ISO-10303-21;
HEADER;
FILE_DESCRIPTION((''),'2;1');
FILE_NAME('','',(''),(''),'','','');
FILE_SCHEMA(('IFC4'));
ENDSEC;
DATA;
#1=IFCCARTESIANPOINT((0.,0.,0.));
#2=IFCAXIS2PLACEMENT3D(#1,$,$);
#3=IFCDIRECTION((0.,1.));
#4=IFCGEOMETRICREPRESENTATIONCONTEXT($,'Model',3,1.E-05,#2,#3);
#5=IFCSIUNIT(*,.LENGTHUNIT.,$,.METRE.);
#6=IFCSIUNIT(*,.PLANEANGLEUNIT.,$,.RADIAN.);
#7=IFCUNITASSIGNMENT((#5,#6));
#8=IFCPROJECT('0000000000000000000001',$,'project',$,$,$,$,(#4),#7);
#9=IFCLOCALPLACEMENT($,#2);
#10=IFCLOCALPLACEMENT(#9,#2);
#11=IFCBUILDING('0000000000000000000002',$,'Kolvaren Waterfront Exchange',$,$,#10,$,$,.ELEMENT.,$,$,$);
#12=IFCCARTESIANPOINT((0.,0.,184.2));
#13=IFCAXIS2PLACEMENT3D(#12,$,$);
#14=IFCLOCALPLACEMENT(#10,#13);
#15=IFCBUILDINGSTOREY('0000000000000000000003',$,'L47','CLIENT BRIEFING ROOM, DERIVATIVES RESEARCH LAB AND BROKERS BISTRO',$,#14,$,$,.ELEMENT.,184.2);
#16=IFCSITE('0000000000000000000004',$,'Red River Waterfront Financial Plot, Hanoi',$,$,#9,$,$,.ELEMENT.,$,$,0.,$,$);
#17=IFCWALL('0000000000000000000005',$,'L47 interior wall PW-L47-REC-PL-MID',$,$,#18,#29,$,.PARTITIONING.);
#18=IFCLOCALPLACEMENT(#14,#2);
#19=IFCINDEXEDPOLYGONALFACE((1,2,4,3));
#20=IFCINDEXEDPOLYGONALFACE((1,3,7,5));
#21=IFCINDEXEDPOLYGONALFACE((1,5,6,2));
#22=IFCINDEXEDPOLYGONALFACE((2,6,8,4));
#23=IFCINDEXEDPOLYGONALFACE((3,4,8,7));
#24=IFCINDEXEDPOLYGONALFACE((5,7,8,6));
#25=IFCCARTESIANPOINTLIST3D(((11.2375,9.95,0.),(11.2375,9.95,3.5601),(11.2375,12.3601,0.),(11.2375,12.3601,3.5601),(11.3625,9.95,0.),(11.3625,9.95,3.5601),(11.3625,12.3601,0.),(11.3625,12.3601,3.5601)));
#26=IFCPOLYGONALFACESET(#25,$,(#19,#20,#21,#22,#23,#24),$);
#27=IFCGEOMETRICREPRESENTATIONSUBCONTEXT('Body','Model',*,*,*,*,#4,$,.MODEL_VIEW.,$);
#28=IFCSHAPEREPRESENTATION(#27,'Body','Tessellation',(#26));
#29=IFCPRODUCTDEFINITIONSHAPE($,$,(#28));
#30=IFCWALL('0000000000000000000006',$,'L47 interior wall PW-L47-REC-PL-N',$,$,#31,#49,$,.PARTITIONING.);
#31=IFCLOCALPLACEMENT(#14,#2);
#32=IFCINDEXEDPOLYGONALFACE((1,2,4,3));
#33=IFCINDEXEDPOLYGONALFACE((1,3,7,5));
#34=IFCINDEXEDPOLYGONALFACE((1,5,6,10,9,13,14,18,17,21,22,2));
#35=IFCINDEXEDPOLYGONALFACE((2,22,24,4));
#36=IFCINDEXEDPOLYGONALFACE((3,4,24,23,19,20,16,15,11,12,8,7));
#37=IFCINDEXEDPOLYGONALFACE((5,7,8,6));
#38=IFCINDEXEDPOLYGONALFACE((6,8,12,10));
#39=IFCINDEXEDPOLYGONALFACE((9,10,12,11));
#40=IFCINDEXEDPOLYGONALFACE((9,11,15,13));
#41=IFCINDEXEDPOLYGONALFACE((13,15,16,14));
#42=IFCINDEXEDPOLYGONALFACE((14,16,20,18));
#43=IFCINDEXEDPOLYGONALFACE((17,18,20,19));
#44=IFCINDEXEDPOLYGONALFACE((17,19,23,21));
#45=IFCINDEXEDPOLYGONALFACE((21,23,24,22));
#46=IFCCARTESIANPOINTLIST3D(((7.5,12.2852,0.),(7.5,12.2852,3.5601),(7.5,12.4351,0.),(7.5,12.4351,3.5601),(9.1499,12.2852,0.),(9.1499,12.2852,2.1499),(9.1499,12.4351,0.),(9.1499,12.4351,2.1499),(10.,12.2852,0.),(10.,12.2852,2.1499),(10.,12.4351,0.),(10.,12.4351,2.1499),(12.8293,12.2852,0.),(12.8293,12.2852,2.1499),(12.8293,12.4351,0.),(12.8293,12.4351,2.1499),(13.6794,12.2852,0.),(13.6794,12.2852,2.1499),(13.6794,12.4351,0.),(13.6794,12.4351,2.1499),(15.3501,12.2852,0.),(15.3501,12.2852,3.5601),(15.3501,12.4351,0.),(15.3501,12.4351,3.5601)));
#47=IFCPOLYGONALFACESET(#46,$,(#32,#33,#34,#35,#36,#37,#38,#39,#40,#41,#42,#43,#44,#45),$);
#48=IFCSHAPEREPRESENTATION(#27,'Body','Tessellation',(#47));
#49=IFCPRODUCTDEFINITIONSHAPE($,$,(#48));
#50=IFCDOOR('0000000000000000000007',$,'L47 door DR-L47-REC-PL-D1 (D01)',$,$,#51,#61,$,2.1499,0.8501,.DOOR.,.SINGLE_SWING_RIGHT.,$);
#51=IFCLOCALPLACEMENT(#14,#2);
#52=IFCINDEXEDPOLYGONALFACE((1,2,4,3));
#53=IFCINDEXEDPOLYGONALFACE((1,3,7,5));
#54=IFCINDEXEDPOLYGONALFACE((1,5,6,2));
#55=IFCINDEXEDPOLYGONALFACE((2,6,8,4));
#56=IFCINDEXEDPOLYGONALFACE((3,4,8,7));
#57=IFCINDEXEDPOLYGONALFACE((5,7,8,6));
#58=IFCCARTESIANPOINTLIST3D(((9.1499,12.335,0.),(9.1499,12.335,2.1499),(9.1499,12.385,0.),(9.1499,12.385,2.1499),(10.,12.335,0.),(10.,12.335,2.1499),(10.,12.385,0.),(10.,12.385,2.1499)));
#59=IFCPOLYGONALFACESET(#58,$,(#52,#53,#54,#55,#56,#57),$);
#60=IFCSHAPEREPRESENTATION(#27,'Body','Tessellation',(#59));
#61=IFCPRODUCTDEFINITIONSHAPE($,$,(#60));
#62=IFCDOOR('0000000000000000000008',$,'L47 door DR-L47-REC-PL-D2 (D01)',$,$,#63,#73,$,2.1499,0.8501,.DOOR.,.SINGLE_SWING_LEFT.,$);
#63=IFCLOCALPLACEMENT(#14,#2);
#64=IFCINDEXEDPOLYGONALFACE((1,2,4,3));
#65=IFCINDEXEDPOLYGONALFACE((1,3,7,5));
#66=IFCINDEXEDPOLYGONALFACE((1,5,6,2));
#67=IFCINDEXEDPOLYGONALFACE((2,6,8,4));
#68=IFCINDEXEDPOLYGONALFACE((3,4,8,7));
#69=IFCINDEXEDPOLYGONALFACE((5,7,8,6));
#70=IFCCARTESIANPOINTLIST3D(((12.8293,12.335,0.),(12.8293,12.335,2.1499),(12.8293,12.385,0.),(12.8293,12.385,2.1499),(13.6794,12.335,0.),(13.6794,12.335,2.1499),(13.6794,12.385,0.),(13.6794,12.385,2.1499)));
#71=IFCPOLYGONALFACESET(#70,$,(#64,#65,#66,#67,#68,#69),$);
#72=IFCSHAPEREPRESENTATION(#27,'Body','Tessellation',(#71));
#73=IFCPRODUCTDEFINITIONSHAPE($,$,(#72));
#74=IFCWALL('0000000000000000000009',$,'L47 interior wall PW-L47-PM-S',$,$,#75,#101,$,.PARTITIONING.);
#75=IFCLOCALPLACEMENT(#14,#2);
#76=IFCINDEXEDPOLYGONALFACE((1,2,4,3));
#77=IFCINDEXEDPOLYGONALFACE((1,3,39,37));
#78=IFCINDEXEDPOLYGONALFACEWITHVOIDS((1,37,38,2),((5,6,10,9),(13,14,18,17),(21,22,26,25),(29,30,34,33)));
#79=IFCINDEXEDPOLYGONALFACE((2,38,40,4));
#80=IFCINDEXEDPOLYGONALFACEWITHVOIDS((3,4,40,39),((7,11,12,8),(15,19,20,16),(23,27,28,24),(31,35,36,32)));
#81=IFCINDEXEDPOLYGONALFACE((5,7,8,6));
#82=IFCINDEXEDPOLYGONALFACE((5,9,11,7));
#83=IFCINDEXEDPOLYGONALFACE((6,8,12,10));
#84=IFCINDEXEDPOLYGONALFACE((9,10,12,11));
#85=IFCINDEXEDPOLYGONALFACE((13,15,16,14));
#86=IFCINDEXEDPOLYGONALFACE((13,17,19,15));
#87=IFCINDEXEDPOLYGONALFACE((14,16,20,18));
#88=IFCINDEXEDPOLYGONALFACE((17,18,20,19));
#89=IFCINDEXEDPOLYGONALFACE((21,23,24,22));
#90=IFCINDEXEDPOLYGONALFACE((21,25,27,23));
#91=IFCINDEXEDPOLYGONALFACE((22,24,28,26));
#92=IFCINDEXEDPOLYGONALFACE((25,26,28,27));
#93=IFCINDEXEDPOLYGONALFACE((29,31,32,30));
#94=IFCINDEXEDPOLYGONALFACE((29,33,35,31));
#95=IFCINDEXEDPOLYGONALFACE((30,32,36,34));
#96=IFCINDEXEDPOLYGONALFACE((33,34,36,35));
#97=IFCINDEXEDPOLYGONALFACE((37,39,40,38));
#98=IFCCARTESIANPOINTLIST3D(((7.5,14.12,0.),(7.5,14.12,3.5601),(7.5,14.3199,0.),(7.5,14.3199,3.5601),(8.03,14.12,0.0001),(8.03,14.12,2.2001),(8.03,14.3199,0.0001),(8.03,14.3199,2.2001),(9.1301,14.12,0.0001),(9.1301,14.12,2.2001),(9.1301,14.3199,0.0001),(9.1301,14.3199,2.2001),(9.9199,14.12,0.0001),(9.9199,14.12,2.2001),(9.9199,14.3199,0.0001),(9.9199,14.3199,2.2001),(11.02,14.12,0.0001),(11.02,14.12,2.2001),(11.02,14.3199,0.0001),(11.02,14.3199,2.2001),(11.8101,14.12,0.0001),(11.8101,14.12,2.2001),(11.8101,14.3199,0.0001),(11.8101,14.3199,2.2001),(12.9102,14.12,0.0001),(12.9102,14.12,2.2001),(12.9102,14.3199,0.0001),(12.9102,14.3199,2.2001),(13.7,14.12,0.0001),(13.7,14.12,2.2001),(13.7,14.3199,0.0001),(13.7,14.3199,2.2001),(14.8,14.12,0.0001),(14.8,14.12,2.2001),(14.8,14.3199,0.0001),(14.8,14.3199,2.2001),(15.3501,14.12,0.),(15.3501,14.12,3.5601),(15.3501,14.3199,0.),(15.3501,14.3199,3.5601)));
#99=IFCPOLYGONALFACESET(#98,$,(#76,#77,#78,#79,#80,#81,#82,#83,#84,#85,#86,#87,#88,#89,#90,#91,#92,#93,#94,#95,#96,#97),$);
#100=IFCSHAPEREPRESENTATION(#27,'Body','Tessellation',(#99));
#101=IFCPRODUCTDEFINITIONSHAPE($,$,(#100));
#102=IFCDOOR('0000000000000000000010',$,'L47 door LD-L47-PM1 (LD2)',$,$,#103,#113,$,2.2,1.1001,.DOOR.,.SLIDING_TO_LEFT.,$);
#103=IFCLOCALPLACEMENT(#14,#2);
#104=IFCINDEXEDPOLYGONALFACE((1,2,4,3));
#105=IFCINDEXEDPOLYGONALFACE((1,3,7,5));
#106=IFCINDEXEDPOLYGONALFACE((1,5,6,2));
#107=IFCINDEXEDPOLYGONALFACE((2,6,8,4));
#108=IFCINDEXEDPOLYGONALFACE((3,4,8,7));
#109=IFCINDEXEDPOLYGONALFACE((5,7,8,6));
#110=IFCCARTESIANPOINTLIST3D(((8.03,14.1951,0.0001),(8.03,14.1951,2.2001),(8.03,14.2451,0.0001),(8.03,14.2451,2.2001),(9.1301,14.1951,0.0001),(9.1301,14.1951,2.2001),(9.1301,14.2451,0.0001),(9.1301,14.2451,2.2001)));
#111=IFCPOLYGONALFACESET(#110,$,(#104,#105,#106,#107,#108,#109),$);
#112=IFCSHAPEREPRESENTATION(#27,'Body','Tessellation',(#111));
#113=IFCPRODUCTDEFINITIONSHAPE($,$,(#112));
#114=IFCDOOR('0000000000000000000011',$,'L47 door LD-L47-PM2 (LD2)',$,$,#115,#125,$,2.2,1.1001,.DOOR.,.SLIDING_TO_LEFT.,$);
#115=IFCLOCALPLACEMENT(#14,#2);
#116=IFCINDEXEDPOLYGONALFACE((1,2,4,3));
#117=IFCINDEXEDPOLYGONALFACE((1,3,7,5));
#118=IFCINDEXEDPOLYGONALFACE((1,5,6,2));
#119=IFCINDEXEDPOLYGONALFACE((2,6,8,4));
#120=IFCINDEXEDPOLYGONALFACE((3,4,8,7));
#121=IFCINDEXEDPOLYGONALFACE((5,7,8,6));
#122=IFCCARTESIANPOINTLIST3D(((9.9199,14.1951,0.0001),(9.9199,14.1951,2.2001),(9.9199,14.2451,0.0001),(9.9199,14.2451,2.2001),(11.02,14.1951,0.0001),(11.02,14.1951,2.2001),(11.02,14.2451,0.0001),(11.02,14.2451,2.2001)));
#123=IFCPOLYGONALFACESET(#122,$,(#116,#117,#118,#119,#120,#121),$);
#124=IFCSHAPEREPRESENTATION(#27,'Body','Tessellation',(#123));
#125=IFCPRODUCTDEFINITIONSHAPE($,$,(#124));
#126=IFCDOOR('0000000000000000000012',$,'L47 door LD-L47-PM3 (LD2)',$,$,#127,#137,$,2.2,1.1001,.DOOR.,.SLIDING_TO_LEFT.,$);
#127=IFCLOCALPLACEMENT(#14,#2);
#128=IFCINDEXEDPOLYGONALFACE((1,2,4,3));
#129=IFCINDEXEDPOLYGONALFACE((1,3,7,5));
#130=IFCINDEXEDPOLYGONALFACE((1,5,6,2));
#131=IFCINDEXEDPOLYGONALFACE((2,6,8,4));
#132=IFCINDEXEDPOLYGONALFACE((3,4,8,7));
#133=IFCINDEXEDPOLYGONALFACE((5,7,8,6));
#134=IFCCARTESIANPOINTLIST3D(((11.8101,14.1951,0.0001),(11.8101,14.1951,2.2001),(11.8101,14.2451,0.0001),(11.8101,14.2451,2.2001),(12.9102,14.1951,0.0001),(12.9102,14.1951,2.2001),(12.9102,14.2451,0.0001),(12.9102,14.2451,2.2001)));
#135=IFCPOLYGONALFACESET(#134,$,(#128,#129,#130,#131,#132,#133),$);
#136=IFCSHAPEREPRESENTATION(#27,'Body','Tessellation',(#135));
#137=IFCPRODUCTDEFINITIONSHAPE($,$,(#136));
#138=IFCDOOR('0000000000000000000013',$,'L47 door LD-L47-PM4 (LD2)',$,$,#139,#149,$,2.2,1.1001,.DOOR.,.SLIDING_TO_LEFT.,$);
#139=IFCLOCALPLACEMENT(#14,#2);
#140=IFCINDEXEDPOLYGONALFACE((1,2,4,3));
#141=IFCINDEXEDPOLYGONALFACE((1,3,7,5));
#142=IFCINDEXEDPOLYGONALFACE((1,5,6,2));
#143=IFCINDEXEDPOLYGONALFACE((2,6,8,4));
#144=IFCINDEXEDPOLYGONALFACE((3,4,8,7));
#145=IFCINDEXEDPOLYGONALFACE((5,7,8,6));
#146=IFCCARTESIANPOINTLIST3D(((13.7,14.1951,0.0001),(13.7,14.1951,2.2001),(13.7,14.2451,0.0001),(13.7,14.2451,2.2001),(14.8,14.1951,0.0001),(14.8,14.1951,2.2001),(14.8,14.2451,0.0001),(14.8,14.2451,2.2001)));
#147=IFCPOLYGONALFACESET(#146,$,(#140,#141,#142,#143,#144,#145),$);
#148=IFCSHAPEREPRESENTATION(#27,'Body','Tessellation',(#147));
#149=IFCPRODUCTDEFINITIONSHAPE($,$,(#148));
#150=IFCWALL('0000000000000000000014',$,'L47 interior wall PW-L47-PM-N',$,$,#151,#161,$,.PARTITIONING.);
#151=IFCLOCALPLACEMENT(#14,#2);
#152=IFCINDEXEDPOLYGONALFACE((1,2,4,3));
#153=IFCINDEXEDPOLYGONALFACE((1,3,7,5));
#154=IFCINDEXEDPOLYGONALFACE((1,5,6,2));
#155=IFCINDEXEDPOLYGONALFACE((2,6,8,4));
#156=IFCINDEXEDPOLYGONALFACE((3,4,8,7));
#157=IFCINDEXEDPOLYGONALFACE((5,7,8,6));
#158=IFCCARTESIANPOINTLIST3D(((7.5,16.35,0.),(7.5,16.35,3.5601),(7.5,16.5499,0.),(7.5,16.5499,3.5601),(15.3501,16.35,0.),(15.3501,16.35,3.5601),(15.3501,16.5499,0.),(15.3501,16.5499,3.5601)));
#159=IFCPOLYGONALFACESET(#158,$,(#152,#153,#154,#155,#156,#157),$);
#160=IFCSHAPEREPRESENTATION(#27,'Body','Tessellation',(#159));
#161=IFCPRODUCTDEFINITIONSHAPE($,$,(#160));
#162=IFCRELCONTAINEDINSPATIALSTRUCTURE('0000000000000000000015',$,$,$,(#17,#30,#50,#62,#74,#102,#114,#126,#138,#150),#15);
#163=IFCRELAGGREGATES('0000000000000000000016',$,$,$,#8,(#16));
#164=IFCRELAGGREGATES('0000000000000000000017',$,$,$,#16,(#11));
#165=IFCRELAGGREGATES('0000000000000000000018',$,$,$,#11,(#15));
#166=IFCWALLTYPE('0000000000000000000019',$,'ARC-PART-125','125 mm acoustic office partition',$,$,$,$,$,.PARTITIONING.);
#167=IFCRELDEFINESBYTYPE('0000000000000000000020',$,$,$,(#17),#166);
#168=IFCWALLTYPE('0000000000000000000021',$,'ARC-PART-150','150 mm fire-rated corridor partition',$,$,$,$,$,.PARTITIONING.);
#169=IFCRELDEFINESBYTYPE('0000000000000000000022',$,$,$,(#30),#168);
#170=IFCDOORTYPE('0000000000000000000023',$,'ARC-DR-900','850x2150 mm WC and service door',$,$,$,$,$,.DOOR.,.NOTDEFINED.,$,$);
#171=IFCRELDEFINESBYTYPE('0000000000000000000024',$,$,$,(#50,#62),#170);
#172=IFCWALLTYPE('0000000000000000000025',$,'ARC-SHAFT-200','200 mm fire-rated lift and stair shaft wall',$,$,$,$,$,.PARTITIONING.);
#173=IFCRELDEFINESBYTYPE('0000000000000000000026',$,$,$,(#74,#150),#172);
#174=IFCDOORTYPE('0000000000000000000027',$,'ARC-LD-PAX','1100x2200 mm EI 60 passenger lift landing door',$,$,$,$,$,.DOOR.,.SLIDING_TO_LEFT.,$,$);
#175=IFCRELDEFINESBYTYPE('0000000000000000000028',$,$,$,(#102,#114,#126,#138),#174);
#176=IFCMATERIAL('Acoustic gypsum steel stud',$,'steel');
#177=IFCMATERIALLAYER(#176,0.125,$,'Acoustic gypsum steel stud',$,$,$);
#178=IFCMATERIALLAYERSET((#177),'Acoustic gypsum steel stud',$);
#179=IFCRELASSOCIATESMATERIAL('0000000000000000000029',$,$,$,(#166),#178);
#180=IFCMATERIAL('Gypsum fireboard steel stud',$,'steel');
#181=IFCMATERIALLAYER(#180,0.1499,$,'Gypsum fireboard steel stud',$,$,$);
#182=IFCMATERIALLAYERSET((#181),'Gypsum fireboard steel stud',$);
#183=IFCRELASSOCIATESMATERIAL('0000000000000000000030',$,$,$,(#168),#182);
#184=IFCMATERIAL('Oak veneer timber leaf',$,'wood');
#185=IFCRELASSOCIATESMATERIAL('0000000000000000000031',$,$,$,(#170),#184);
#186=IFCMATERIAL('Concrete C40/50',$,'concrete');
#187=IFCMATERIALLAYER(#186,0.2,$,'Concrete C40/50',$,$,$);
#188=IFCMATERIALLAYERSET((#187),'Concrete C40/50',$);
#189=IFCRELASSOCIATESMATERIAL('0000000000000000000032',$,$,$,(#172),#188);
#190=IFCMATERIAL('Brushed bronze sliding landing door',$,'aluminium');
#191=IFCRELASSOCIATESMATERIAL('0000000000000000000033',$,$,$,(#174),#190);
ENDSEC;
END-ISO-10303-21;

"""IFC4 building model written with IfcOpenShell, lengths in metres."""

from ifc_helpers import new_model, si_unit, direction, frame, frame_2d, origin, place, context, subcontext, project, spatial, rectangle, extrude, material, layer, layer_set, type_object, element, fill, save


model = new_model("IFC4")

# Units and contexts
model_context = context("Model", 3, precision=1e-05, world=origin(), true_north=direction((0.0, 1.0)))
body_context = subcontext(model_context, "Body", "Model", "MODEL_VIEW")
ifc_project = project(units=[si_unit("LENGTHUNIT", "METRE"), si_unit("PLANEANGLEUNIT", "RADIAN")], contexts=[model_context])

# Site, building, storey
site_placement = place(None, origin())
site = spatial("IfcSite", under=ifc_project, at=site_placement, Name="Red River Waterfront Financial Plot, Hanoi", CompositionType="ELEMENT", RefElevation=0.0)
building_placement = place(site_placement, origin())
building = spatial("IfcBuilding", under=site, at=building_placement, Name="Kolvaren Waterfront Exchange", CompositionType="ELEMENT")
storey_placement = place(building_placement, frame((0.0, 0.0, 184.2)))
storey = spatial("IfcBuildingStorey", under=building, at=storey_placement, Name="L47", Description="CLIENT BRIEFING ROOM, DERIVATIVES RESEARCH LAB AND BROKERS BISTRO", CompositionType="ELEMENT", Elevation=184.2)

# Wall
ifc_material_1 = material(Name="Acoustic gypsum steel stud", Category="steel")
ifc_layer_1 = layer(ifc_material_1, 0.125, Name="Acoustic gypsum steel stud")
ifc_layer_set_1 = layer_set([ifc_layer_1], Name="Acoustic gypsum steel stud")
wall_type_1 = type_object("IfcWallType", Name="ARC-PART-125", Description="125 mm acoustic office partition", PredefinedType="PARTITIONING", material=ifc_layer_set_1)
wall_1_placement = place(storey_placement, frame((11.3, 9.95, 0.0), z_axis=(0.0, 0.0, 1.0), x_axis=(0.0, 1.0, 0.0)))
element("IfcWall", 1, at=wall_1_placement, inside=storey, type_object=wall_type_1, Name="L47 interior wall PW-L47-REC-PL-MID", PredefinedType="PARTITIONING", context=body_context, shape_type="SweptSolid", body=[
    extrude(rectangle(XDim=2.4102, YDim=0.125, at=frame_2d((1.2051, 0.0))), origin(), (0.0, 0.0, 1.0), 3.5601),
])

# Walls, openings, doors
ifc_material_2 = material(Name="Gypsum fireboard steel stud", Category="steel")
ifc_layer_2 = layer(ifc_material_2, 0.1499, Name="Gypsum fireboard steel stud")
ifc_layer_set_2 = layer_set([ifc_layer_2], Name="Gypsum fireboard steel stud")
wall_type_2 = type_object("IfcWallType", Name="ARC-PART-150", Description="150 mm fire-rated corridor partition", PredefinedType="PARTITIONING", material=ifc_layer_set_2)
wall_2_placement = place(storey_placement, frame((7.5, 12.3601, 0.0), z_axis=(0.0, 0.0, 1.0), x_axis=(1.0, 0.0, 0.0)))
wall_2 = element("IfcWall", 2, at=wall_2_placement, inside=storey, type_object=wall_type_2, Name="L47 interior wall PW-L47-REC-PL-N", PredefinedType="PARTITIONING", context=body_context, shape_type="SweptSolid", body=[
    extrude(rectangle(XDim=7.8501, YDim=0.1499, at=frame_2d((3.925, 0.0))), origin(), (0.0, 0.0, 1.0), 3.5601),
])
opening_1_placement = place(wall_2_placement, frame((1.6499, 0.0, 0.0)))
opening_1 = element("IfcOpeningElement", 3, at=opening_1_placement, cuts=wall_2, PredefinedType="OPENING", context=body_context, shape_type="SweptSolid", body=[
    extrude(rectangle(XDim=0.8501, YDim=2.1499, at=frame_2d((0.425, 1.075))), frame((0.0, 0.085, 0.0), z_axis=(0.0, -1.0, 0.0), x_axis=(1.0, 0.0, 0.0)), (0.0, 0.0, 1.0), 0.1699),
])
opening_2_placement = place(wall_2_placement, frame((5.3293, 0.0, 0.0)))
opening_2 = element("IfcOpeningElement", 4, at=opening_2_placement, cuts=wall_2, PredefinedType="OPENING", context=body_context, shape_type="SweptSolid", body=[
    extrude(rectangle(XDim=0.8501, YDim=2.1499, at=frame_2d((0.425, 1.075))), frame((0.0, 0.085, 0.0), z_axis=(0.0, -1.0, 0.0), x_axis=(1.0, 0.0, 0.0)), (0.0, 0.0, 1.0), 0.1699),
])
ifc_material_3 = material(Name="Oak veneer timber leaf", Category="wood")
door_type_1 = type_object("IfcDoorType", Name="ARC-DR-900", Description="850x2150 mm WC and service door", OperationType="NOTDEFINED", PredefinedType="DOOR", material=ifc_material_3)
door_1_placement = place(opening_1_placement, origin())
door_1 = element("IfcDoor", 5, at=door_1_placement, inside=storey, type_object=door_type_1, Name="L47 door DR-L47-REC-PL-D1 (D01)", OperationType="SINGLE_SWING_RIGHT", OverallHeight=2.1499, OverallWidth=0.8501, PredefinedType="DOOR", context=body_context, shape_type="SweptSolid", body=[
    extrude(rectangle(XDim=0.8501, YDim=2.1499, at=frame_2d((0.425, 1.075))), frame((0.0, 0.0249, 0.0), z_axis=(0.0, -1.0, 0.0), x_axis=(1.0, 0.0, 0.0)), (0.0, 0.0, 1.0), 0.05),
])
fill(opening_1, door_1)
door_2_placement = place(opening_2_placement, origin())
door_2 = element("IfcDoor", 6, at=door_2_placement, inside=storey, type_object=door_type_1, Name="L47 door DR-L47-REC-PL-D2 (D01)", OperationType="SINGLE_SWING_LEFT", OverallHeight=2.1499, OverallWidth=0.8501, PredefinedType="DOOR", context=body_context, shape_type="SweptSolid", body=[
    extrude(rectangle(XDim=0.8501, YDim=2.1499, at=frame_2d((0.425, 1.075))), frame((0.0, 0.0249, 0.0), z_axis=(0.0, -1.0, 0.0), x_axis=(1.0, 0.0, 0.0)), (0.0, 0.0, 1.0), 0.05),
])
fill(opening_2, door_2)
ifc_material_4 = material(Name="Concrete C40/50", Category="concrete")
ifc_layer_3 = layer(ifc_material_4, 0.2, Name="Concrete C40/50")
ifc_layer_set_3 = layer_set([ifc_layer_3], Name="Concrete C40/50")
wall_type_3 = type_object("IfcWallType", Name="ARC-SHAFT-200", Description="200 mm fire-rated lift and stair shaft wall", PredefinedType="PARTITIONING", material=ifc_layer_set_3)
wall_3_placement = place(storey_placement, frame((7.5, 14.22, 0.0), z_axis=(0.0, 0.0, 1.0), x_axis=(1.0, 0.0, 0.0)))
wall_3 = element("IfcWall", 7, at=wall_3_placement, inside=storey, type_object=wall_type_3, Name="L47 interior wall PW-L47-PM-S", PredefinedType="PARTITIONING", context=body_context, shape_type="SweptSolid", body=[
    extrude(rectangle(XDim=7.8501, YDim=0.2, at=frame_2d((3.925, 0.0))), origin(), (0.0, 0.0, 1.0), 3.5601),
])
opening_3_placement = place(wall_3_placement, frame((0.53, 0.0, 0.0)))
opening_3 = element("IfcOpeningElement", 8, at=opening_3_placement, cuts=wall_3, PredefinedType="OPENING", context=body_context, shape_type="SweptSolid", body=[
    extrude(rectangle(XDim=1.1001, YDim=2.2, at=frame_2d((0.55, 1.1001))), frame((0.0, 0.1099, 0.0), z_axis=(0.0, -1.0, 0.0), x_axis=(1.0, 0.0, 0.0)), (0.0, 0.0, 1.0), 0.22),
])
opening_4_placement = place(wall_3_placement, frame((2.4199, 0.0, 0.0)))
opening_4 = element("IfcOpeningElement", 9, at=opening_4_placement, cuts=wall_3, PredefinedType="OPENING", context=body_context, shape_type="SweptSolid", body=[
    extrude(rectangle(XDim=1.1001, YDim=2.2, at=frame_2d((0.55, 1.1001))), frame((0.0, 0.1099, 0.0), z_axis=(0.0, -1.0, 0.0), x_axis=(1.0, 0.0, 0.0)), (0.0, 0.0, 1.0), 0.22),
])
opening_5_placement = place(wall_3_placement, frame((4.3101, 0.0, 0.0)))
opening_5 = element("IfcOpeningElement", 10, at=opening_5_placement, cuts=wall_3, PredefinedType="OPENING", context=body_context, shape_type="SweptSolid", body=[
    extrude(rectangle(XDim=1.1001, YDim=2.2, at=frame_2d((0.55, 1.1001))), frame((0.0, 0.1099, 0.0), z_axis=(0.0, -1.0, 0.0), x_axis=(1.0, 0.0, 0.0)), (0.0, 0.0, 1.0), 0.22),
])
opening_6_placement = place(wall_3_placement, frame((6.2, 0.0, 0.0)))
opening_6 = element("IfcOpeningElement", 11, at=opening_6_placement, cuts=wall_3, PredefinedType="OPENING", context=body_context, shape_type="SweptSolid", body=[
    extrude(rectangle(XDim=1.1001, YDim=2.2, at=frame_2d((0.55, 1.1001))), frame((0.0, 0.1099, 0.0), z_axis=(0.0, -1.0, 0.0), x_axis=(1.0, 0.0, 0.0)), (0.0, 0.0, 1.0), 0.22),
])
ifc_material_5 = material(Name="Brushed bronze sliding landing door", Category="aluminium")
door_type_2 = type_object("IfcDoorType", Name="ARC-LD-PAX", Description="1100x2200 mm EI 60 passenger lift landing door", OperationType="SLIDING_TO_LEFT", PredefinedType="DOOR", material=ifc_material_5)
door_3_placement = place(opening_3_placement, frame((1.1001, 0.0, 0.0), z_axis=(0.0, 0.0, 1.0), x_axis=(-1.0, 0.0, 0.0)))
door_3 = element("IfcDoor", 12, at=door_3_placement, inside=storey, type_object=door_type_2, Name="L47 door LD-L47-PM1 (LD2)", OperationType="SLIDING_TO_LEFT", OverallHeight=2.2, OverallWidth=1.1001, PredefinedType="DOOR", context=body_context, shape_type="SweptSolid", body=[
    extrude(rectangle(XDim=1.1001, YDim=2.2, at=frame_2d((0.55, 1.1001))), frame((0.0, 0.0249, 0.0), z_axis=(0.0, -1.0, 0.0), x_axis=(1.0, 0.0, 0.0)), (0.0, 0.0, 1.0), 0.05),
])
fill(opening_3, door_3)
door_4_placement = place(opening_4_placement, frame((1.1001, 0.0, 0.0), z_axis=(0.0, 0.0, 1.0), x_axis=(-1.0, 0.0, 0.0)))
door_4 = element("IfcDoor", 13, at=door_4_placement, inside=storey, type_object=door_type_2, Name="L47 door LD-L47-PM2 (LD2)", OperationType="SLIDING_TO_LEFT", OverallHeight=2.2, OverallWidth=1.1001, PredefinedType="DOOR", context=body_context, shape_type="SweptSolid", body=[
    extrude(rectangle(XDim=1.1001, YDim=2.2, at=frame_2d((0.55, 1.1001))), frame((0.0, 0.0249, 0.0), z_axis=(0.0, -1.0, 0.0), x_axis=(1.0, 0.0, 0.0)), (0.0, 0.0, 1.0), 0.05),
])
fill(opening_4, door_4)
door_5_placement = place(opening_5_placement, frame((1.1001, 0.0, 0.0), z_axis=(0.0, 0.0, 1.0), x_axis=(-1.0, 0.0, 0.0)))
door_5 = element("IfcDoor", 14, at=door_5_placement, inside=storey, type_object=door_type_2, Name="L47 door LD-L47-PM3 (LD2)", OperationType="SLIDING_TO_LEFT", OverallHeight=2.2, OverallWidth=1.1001, PredefinedType="DOOR", context=body_context, shape_type="SweptSolid", body=[
    extrude(rectangle(XDim=1.1001, YDim=2.2, at=frame_2d((0.55, 1.1001))), frame((0.0, 0.0249, 0.0), z_axis=(0.0, -1.0, 0.0), x_axis=(1.0, 0.0, 0.0)), (0.0, 0.0, 1.0), 0.05),
])
fill(opening_5, door_5)
door_6_placement = place(opening_6_placement, frame((1.1001, 0.0, 0.0), z_axis=(0.0, 0.0, 1.0), x_axis=(-1.0, 0.0, 0.0)))
door_6 = element("IfcDoor", 15, at=door_6_placement, inside=storey, type_object=door_type_2, Name="L47 door LD-L47-PM4 (LD2)", OperationType="SLIDING_TO_LEFT", OverallHeight=2.2, OverallWidth=1.1001, PredefinedType="DOOR", context=body_context, shape_type="SweptSolid", body=[
    extrude(rectangle(XDim=1.1001, YDim=2.2, at=frame_2d((0.55, 1.1001))), frame((0.0, 0.0249, 0.0), z_axis=(0.0, -1.0, 0.0), x_axis=(1.0, 0.0, 0.0)), (0.0, 0.0, 1.0), 0.05),
])
fill(opening_6, door_6)

# Wall
wall_4_placement = place(storey_placement, frame((7.5, 16.45, 0.0), z_axis=(0.0, 0.0, 1.0), x_axis=(1.0, 0.0, 0.0)))
element("IfcWall", 16, at=wall_4_placement, inside=storey, type_object=wall_type_3, Name="L47 interior wall PW-L47-PM-N", PredefinedType="PARTITIONING", context=body_context, shape_type="SweptSolid", body=[
    extrude(rectangle(XDim=7.8501, YDim=0.2, at=frame_2d((3.925, 0.0))), origin(), (0.0, 0.0, 1.0), 3.5601),
])

save(model, "model.ifc")
